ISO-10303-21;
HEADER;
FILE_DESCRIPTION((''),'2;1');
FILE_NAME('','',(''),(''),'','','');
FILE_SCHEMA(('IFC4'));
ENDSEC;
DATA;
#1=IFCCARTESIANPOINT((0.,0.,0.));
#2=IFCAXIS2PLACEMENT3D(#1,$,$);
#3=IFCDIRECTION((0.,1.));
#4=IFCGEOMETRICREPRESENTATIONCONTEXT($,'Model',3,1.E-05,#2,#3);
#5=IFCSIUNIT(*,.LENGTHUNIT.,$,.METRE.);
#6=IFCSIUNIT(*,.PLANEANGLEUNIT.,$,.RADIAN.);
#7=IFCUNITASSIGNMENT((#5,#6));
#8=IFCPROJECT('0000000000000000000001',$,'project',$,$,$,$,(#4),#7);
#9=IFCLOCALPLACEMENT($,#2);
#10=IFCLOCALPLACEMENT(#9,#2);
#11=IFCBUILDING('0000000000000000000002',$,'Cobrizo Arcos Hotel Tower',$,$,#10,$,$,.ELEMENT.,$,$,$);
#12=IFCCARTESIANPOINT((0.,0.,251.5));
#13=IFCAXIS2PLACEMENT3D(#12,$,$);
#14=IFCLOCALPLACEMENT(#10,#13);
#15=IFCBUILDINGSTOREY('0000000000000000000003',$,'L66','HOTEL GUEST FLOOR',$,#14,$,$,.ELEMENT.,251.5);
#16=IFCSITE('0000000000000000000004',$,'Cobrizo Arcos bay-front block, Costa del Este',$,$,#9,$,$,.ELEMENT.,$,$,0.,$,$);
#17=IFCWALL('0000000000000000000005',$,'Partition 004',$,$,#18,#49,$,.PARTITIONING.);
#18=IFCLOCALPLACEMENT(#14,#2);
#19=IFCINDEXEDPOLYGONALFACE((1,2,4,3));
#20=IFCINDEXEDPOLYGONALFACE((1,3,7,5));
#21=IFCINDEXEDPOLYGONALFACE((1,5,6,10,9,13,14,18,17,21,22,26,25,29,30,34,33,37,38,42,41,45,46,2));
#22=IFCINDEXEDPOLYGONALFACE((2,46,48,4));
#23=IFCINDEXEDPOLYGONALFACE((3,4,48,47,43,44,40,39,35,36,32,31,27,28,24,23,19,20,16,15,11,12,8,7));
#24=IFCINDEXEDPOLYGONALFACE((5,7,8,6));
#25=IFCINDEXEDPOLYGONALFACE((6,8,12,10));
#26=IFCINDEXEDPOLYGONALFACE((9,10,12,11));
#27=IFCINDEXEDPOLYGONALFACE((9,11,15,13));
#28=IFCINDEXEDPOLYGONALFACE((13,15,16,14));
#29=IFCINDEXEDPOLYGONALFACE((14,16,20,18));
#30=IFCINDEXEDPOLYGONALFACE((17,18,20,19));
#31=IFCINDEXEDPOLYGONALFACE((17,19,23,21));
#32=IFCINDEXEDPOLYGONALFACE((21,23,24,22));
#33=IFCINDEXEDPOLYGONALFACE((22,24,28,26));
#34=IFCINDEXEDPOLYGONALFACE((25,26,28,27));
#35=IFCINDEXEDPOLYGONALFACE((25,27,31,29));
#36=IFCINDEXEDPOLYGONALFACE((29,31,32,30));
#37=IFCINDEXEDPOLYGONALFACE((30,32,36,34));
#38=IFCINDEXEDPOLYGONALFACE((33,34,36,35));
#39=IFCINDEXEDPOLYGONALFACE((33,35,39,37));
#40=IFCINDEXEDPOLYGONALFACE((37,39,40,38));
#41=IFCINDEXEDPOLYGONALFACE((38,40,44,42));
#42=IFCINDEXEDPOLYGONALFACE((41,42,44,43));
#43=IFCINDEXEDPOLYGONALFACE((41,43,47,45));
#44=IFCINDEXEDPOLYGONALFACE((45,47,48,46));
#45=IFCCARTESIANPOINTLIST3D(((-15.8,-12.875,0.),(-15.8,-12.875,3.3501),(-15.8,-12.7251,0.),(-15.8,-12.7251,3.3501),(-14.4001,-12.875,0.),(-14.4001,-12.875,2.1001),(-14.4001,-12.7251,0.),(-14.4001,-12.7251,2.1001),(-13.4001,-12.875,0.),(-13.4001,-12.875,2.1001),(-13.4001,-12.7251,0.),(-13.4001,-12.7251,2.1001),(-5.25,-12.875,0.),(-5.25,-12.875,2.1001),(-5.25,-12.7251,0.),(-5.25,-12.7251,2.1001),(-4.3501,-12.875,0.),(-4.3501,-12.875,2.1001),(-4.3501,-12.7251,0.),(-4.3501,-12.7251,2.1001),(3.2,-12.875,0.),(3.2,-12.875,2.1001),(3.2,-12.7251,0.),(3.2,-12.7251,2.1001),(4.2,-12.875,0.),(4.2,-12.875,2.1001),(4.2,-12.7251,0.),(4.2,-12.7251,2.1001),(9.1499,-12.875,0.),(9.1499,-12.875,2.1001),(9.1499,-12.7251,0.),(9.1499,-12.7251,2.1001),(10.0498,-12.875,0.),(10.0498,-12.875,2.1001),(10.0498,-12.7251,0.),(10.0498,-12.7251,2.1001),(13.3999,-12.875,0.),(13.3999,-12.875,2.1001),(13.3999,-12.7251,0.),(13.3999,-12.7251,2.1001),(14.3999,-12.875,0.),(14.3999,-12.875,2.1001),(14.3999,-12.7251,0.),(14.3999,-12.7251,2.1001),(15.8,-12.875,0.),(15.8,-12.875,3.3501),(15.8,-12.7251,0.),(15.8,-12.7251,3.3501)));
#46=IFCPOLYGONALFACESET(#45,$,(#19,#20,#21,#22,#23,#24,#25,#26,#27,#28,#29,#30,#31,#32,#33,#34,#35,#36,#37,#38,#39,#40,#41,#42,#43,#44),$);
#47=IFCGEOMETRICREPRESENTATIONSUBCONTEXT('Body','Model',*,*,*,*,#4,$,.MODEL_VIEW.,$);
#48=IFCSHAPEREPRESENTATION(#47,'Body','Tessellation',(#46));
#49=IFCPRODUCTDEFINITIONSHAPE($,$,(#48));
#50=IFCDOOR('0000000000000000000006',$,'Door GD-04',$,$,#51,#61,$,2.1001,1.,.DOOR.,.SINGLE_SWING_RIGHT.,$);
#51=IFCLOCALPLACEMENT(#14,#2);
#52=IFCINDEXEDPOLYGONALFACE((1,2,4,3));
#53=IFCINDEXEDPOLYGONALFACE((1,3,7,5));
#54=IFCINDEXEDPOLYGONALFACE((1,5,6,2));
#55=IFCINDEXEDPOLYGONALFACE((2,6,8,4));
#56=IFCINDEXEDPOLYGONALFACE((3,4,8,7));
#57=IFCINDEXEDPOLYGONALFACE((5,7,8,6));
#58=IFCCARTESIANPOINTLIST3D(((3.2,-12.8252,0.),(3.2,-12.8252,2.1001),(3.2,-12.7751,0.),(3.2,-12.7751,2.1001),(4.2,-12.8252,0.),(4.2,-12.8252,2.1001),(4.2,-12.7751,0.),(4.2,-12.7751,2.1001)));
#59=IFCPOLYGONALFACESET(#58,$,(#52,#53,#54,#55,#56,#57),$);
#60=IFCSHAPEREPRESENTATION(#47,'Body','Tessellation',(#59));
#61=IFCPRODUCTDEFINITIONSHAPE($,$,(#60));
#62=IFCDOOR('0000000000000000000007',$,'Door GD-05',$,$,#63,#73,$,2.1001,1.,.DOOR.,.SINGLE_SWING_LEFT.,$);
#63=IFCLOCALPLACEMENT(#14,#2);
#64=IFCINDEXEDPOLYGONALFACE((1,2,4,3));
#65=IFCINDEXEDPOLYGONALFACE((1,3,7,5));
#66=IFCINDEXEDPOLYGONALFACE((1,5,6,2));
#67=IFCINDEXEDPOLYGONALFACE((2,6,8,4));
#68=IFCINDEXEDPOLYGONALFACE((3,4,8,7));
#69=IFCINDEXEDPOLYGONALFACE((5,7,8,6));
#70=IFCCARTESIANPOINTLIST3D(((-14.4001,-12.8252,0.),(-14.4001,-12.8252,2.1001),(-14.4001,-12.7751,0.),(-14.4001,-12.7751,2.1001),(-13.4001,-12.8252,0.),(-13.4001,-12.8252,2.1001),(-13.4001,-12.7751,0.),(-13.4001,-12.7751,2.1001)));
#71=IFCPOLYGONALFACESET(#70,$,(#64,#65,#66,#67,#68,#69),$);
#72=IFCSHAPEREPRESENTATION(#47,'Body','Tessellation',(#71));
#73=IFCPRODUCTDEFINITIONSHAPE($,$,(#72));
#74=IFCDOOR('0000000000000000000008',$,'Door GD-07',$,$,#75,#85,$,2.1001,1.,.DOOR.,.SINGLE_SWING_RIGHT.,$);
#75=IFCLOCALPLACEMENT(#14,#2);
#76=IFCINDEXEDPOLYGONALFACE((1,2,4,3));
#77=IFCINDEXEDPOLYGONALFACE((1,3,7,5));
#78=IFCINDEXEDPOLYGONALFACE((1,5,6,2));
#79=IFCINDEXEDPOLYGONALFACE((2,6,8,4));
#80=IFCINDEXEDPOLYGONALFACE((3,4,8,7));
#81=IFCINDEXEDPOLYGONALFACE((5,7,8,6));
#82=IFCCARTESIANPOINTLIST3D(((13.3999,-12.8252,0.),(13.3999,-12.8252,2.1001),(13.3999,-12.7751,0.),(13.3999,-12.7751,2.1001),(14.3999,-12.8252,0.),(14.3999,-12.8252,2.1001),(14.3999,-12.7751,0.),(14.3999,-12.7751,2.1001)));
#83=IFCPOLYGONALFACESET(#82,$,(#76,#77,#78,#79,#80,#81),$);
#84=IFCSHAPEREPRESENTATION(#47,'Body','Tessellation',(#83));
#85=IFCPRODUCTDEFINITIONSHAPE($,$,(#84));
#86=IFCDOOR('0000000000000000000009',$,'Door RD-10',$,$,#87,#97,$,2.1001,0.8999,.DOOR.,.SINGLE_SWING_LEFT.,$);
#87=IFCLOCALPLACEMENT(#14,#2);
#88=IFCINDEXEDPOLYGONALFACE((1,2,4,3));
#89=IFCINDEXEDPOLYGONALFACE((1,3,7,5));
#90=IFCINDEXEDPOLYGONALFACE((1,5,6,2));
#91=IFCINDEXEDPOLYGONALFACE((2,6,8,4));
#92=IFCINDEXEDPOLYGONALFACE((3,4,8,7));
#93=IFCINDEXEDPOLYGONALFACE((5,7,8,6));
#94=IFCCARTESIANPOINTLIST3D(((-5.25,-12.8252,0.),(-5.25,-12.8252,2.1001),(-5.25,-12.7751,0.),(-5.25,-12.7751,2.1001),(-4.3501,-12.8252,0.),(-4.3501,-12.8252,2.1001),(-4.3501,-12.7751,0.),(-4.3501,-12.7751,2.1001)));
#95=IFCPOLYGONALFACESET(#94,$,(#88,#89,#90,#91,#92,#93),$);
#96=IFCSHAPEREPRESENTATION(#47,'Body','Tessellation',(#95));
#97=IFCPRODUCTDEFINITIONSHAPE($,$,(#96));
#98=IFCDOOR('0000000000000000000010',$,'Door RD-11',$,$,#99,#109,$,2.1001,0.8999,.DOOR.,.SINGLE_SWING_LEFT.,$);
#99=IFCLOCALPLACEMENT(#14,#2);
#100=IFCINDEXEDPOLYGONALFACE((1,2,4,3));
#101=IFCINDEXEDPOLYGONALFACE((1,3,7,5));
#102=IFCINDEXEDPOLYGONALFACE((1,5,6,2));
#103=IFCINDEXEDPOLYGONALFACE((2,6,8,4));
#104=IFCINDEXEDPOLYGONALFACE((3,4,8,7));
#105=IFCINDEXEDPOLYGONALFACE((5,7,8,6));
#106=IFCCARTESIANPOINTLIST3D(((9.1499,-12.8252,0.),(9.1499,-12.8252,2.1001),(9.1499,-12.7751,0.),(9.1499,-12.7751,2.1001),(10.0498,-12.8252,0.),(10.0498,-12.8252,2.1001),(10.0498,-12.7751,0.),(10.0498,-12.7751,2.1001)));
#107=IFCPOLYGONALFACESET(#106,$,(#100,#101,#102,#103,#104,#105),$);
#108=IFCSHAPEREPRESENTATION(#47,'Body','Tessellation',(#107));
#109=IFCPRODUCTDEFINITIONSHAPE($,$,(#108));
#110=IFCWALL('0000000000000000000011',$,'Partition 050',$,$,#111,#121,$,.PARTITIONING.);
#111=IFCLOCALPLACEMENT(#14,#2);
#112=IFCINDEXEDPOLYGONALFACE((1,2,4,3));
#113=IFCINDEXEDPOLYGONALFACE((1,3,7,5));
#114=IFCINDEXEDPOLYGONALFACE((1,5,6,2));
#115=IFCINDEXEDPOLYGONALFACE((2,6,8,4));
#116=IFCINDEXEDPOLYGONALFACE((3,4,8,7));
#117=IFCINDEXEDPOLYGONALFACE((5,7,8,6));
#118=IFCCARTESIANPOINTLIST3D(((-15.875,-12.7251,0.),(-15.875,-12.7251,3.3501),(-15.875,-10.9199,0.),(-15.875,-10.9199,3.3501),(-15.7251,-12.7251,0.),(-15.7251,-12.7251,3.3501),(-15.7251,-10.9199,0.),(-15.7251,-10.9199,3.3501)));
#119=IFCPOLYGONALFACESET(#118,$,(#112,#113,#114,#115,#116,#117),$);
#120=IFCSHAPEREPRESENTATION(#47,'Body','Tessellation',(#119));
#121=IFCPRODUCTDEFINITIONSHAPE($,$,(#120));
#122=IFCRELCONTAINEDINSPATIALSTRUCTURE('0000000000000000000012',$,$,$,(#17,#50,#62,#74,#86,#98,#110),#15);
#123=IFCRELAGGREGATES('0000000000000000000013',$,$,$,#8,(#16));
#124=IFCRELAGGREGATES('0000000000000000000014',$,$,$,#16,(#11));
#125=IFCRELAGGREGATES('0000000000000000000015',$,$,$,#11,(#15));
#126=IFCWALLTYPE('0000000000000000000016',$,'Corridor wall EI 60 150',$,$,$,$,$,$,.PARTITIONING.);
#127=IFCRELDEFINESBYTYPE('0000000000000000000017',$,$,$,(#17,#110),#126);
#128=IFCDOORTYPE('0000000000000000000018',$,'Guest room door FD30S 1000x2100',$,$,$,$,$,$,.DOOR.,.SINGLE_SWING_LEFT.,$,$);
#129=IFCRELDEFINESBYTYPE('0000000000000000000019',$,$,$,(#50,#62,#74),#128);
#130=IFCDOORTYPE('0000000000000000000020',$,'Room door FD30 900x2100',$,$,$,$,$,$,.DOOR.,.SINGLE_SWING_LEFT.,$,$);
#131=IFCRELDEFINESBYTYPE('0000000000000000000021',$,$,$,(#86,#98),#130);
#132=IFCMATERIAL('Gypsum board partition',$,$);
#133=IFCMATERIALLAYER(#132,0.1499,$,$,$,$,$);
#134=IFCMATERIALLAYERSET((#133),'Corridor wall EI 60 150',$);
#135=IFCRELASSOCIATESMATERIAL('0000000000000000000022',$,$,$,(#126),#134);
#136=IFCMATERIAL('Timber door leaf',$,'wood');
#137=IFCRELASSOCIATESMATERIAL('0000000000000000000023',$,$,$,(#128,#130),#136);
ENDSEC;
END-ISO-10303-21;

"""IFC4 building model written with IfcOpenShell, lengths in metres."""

from ifc_helpers import new_model, si_unit, direction, frame, frame_2d, origin, place, context, subcontext, project, spatial, rectangle, extrude, material, layer, layer_set, type_object, element, fill, save


model = new_model("IFC4")

# Units and contexts
model_context = context("Model", 3, precision=1e-05, world=origin(), true_north=direction((0.0, 1.0)))
body_context = subcontext(model_context, "Body", "Model", "MODEL_VIEW")
ifc_project = project(units=[si_unit("LENGTHUNIT", "METRE"), si_unit("PLANEANGLEUNIT", "RADIAN")], contexts=[model_context])

# Site, building, storey
site_placement = place(None, origin())
site = spatial("IfcSite", under=ifc_project, at=site_placement, Name="Cobrizo Arcos bay-front block, Costa del Este", CompositionType="ELEMENT", RefElevation=0.0)
building_placement = place(site_placement, origin())
building = spatial("IfcBuilding", under=site, at=building_placement, Name="Cobrizo Arcos Hotel Tower", CompositionType="ELEMENT")
storey_placement = place(building_placement, frame((0.0, 0.0, 251.5)))
storey = spatial("IfcBuildingStorey", under=building, at=storey_placement, Name="L66", Description="HOTEL GUEST FLOOR", CompositionType="ELEMENT", Elevation=251.5)

# Wall, openings, doors
ifc_material_1 = material(Name="Gypsum board partition")
ifc_layer_1 = layer(ifc_material_1, 0.1499)
ifc_layer_set_1 = layer_set([ifc_layer_1], Name="Corridor wall EI 60 150")
wall_type = type_object("IfcWallType", Name="Corridor wall EI 60 150", PredefinedType="PARTITIONING", material=ifc_layer_set_1)
wall_1_placement = place(storey_placement, frame((-15.8, -12.8, 0.0), z_axis=(0.0, 0.0, 1.0), x_axis=(1.0, 0.0, 0.0)))
wall_1 = element("IfcWall", 1, at=wall_1_placement, inside=storey, type_object=wall_type, Name="Partition 004", PredefinedType="PARTITIONING", context=body_context, shape_type="SweptSolid", body=[
    extrude(rectangle(XDim=31.6001, YDim=0.1499, at=frame_2d((15.8, 0.0))), origin(), (0.0, 0.0, 1.0), 3.3501),
])
opening_1_placement = place(wall_1_placement, frame((10.55, 0.0, 0.0)))
opening_1 = element("IfcOpeningElement", 2, at=opening_1_placement, cuts=wall_1, PredefinedType="OPENING", context=body_context, shape_type="SweptSolid", body=[
    extrude(rectangle(XDim=0.8999, YDim=2.1001, at=frame_2d((0.45, 1.05))), frame((0.0, 0.0869, 0.0), z_axis=(0.0, -1.0, 0.0), x_axis=(1.0, 0.0, 0.0)), (0.0, 0.0, 1.0), 0.1738),
])
opening_2_placement = place(wall_1_placement, frame((19.0, 0.0, 0.0)))
opening_2 = element("IfcOpeningElement", 3, at=opening_2_placement, cuts=wall_1, PredefinedType="OPENING", context=body_context, shape_type="SweptSolid", body=[
    extrude(rectangle(XDim=1.0, YDim=2.1001, at=frame_2d((0.5, 1.05))), frame((0.0, 0.0869, 0.0), z_axis=(0.0, -1.0, 0.0), x_axis=(1.0, 0.0, 0.0)), (0.0, 0.0, 1.0), 0.1738),
])
opening_3_placement = place(wall_1_placement, frame((24.95, 0.0, 0.0)))
opening_3 = element("IfcOpeningElement", 4, at=opening_3_placement, cuts=wall_1, PredefinedType="OPENING", context=body_context, shape_type="SweptSolid", body=[
    extrude(rectangle(XDim=0.8999, YDim=2.1001, at=frame_2d((0.45, 1.05))), frame((0.0, 0.0869, 0.0), z_axis=(0.0, -1.0, 0.0), x_axis=(1.0, 0.0, 0.0)), (0.0, 0.0, 1.0), 0.1738),
])
opening_4_placement = place(wall_1_placement, frame((1.3999, 0.0, 0.0)))
opening_4 = element("IfcOpeningElement", 5, at=opening_4_placement, cuts=wall_1, PredefinedType="OPENING", context=body_context, shape_type="SweptSolid", body=[
    extrude(rectangle(XDim=1.0, YDim=2.1001, at=frame_2d((0.5, 1.05))), frame((0.0, 0.0869, 0.0), z_axis=(0.0, -1.0, 0.0), x_axis=(1.0, 0.0, 0.0)), (0.0, 0.0, 1.0), 0.1738),
])
opening_5_placement = place(wall_1_placement, frame((29.2, 0.0, 0.0)))
opening_5 = element("IfcOpeningElement", 6, at=opening_5_placement, cuts=wall_1, PredefinedType="OPENING", context=body_context, shape_type="SweptSolid", body=[
    extrude(rectangle(XDim=1.0, YDim=2.1001, at=frame_2d((0.5, 1.05))), frame((0.0, 0.0869, 0.0), z_axis=(0.0, -1.0, 0.0), x_axis=(1.0, 0.0, 0.0)), (0.0, 0.0, 1.0), 0.1738),
])
ifc_material_2 = material(Name="Timber door leaf", Category="wood")
door_type_1 = type_object("IfcDoorType", Name="Guest room door FD30S 1000x2100", OperationType="SINGLE_SWING_LEFT", PredefinedType="DOOR", material=ifc_material_2)
door_1_placement = place(opening_2_placement, origin())
door_1 = element("IfcDoor", 7, at=door_1_placement, inside=storey, type_object=door_type_1, Name="Door GD-04", OperationType="SINGLE_SWING_RIGHT", OverallHeight=2.1001, OverallWidth=1.0, PredefinedType="DOOR", context=body_context, shape_type="SweptSolid", body=[
    extrude(rectangle(XDim=1.0, YDim=2.1001, at=frame_2d((0.5, 1.05))), frame((0.0, 0.0249, 0.0), z_axis=(0.0, -1.0, 0.0), x_axis=(1.0, 0.0, 0.0)), (0.0, 0.0, 1.0), 0.05),
])
fill(opening_2, door_1)
door_2_placement = place(opening_4_placement, origin())
door_2 = element("IfcDoor", 8, at=door_2_placement, inside=storey, type_object=door_type_1, Name="Door GD-05", OperationType="SINGLE_SWING_LEFT", OverallHeight=2.1001, OverallWidth=1.0, PredefinedType="DOOR", context=body_context, shape_type="SweptSolid", body=[
    extrude(rectangle(XDim=1.0, YDim=2.1001, at=frame_2d((0.5, 1.05))), frame((0.0, 0.0249, 0.0), z_axis=(0.0, -1.0, 0.0), x_axis=(1.0, 0.0, 0.0)), (0.0, 0.0, 1.0), 0.05),
])
fill(opening_4, door_2)
door_3_placement = place(opening_5_placement, origin())
door_3 = element("IfcDoor", 9, at=door_3_placement, inside=storey, type_object=door_type_1, Name="Door GD-07", OperationType="SINGLE_SWING_RIGHT", OverallHeight=2.1001, OverallWidth=1.0, PredefinedType="DOOR", context=body_context, shape_type="SweptSolid", body=[
    extrude(rectangle(XDim=1.0, YDim=2.1001, at=frame_2d((0.5, 1.05))), frame((0.0, 0.0249, 0.0), z_axis=(0.0, -1.0, 0.0), x_axis=(1.0, 0.0, 0.0)), (0.0, 0.0, 1.0), 0.05),
])
fill(opening_5, door_3)
door_type_2 = type_object("IfcDoorType", Name="Room door FD30 900x2100", OperationType="SINGLE_SWING_LEFT", PredefinedType="DOOR", material=ifc_material_2)
door_4_placement = place(opening_1_placement, origin())
door_4 = element("IfcDoor", 10, at=door_4_placement, inside=storey, type_object=door_type_2, Name="Door RD-10", OperationType="SINGLE_SWING_LEFT", OverallHeight=2.1001, OverallWidth=0.8999, PredefinedType="DOOR", context=body_context, shape_type="SweptSolid", body=[
    extrude(rectangle(XDim=0.8999, YDim=2.1001, at=frame_2d((0.45, 1.05))), frame((0.0, 0.0249, 0.0), z_axis=(0.0, -1.0, 0.0), x_axis=(1.0, 0.0, 0.0)), (0.0, 0.0, 1.0), 0.05),
])
fill(opening_1, door_4)
door_5_placement = place(opening_3_placement, origin())
door_5 = element("IfcDoor", 11, at=door_5_placement, inside=storey, type_object=door_type_2, Name="Door RD-11", OperationType="SINGLE_SWING_LEFT", OverallHeight=2.1001, OverallWidth=0.8999, PredefinedType="DOOR", context=body_context, shape_type="SweptSolid", body=[
    extrude(rectangle(XDim=0.8999, YDim=2.1001, at=frame_2d((0.45, 1.05))), frame((0.0, 0.0249, 0.0), z_axis=(0.0, -1.0, 0.0), x_axis=(1.0, 0.0, 0.0)), (0.0, 0.0, 1.0), 0.05),
])
fill(opening_3, door_5)

# Wall
wall_2_placement = place(storey_placement, frame((-15.8, -12.7251, 0.0), z_axis=(0.0, 0.0, 1.0), x_axis=(0.0, 1.0, 0.0)))
element("IfcWall", 12, at=wall_2_placement, inside=storey, type_object=wall_type, Name="Partition 050", PredefinedType="PARTITIONING", context=body_context, shape_type="SweptSolid", body=[
    extrude(rectangle(XDim=1.8052, YDim=0.1499, at=frame_2d((0.9026, 0.0))), origin(), (0.0, 0.0, 1.0), 3.3501),
])

save(model, "model.ifc")
